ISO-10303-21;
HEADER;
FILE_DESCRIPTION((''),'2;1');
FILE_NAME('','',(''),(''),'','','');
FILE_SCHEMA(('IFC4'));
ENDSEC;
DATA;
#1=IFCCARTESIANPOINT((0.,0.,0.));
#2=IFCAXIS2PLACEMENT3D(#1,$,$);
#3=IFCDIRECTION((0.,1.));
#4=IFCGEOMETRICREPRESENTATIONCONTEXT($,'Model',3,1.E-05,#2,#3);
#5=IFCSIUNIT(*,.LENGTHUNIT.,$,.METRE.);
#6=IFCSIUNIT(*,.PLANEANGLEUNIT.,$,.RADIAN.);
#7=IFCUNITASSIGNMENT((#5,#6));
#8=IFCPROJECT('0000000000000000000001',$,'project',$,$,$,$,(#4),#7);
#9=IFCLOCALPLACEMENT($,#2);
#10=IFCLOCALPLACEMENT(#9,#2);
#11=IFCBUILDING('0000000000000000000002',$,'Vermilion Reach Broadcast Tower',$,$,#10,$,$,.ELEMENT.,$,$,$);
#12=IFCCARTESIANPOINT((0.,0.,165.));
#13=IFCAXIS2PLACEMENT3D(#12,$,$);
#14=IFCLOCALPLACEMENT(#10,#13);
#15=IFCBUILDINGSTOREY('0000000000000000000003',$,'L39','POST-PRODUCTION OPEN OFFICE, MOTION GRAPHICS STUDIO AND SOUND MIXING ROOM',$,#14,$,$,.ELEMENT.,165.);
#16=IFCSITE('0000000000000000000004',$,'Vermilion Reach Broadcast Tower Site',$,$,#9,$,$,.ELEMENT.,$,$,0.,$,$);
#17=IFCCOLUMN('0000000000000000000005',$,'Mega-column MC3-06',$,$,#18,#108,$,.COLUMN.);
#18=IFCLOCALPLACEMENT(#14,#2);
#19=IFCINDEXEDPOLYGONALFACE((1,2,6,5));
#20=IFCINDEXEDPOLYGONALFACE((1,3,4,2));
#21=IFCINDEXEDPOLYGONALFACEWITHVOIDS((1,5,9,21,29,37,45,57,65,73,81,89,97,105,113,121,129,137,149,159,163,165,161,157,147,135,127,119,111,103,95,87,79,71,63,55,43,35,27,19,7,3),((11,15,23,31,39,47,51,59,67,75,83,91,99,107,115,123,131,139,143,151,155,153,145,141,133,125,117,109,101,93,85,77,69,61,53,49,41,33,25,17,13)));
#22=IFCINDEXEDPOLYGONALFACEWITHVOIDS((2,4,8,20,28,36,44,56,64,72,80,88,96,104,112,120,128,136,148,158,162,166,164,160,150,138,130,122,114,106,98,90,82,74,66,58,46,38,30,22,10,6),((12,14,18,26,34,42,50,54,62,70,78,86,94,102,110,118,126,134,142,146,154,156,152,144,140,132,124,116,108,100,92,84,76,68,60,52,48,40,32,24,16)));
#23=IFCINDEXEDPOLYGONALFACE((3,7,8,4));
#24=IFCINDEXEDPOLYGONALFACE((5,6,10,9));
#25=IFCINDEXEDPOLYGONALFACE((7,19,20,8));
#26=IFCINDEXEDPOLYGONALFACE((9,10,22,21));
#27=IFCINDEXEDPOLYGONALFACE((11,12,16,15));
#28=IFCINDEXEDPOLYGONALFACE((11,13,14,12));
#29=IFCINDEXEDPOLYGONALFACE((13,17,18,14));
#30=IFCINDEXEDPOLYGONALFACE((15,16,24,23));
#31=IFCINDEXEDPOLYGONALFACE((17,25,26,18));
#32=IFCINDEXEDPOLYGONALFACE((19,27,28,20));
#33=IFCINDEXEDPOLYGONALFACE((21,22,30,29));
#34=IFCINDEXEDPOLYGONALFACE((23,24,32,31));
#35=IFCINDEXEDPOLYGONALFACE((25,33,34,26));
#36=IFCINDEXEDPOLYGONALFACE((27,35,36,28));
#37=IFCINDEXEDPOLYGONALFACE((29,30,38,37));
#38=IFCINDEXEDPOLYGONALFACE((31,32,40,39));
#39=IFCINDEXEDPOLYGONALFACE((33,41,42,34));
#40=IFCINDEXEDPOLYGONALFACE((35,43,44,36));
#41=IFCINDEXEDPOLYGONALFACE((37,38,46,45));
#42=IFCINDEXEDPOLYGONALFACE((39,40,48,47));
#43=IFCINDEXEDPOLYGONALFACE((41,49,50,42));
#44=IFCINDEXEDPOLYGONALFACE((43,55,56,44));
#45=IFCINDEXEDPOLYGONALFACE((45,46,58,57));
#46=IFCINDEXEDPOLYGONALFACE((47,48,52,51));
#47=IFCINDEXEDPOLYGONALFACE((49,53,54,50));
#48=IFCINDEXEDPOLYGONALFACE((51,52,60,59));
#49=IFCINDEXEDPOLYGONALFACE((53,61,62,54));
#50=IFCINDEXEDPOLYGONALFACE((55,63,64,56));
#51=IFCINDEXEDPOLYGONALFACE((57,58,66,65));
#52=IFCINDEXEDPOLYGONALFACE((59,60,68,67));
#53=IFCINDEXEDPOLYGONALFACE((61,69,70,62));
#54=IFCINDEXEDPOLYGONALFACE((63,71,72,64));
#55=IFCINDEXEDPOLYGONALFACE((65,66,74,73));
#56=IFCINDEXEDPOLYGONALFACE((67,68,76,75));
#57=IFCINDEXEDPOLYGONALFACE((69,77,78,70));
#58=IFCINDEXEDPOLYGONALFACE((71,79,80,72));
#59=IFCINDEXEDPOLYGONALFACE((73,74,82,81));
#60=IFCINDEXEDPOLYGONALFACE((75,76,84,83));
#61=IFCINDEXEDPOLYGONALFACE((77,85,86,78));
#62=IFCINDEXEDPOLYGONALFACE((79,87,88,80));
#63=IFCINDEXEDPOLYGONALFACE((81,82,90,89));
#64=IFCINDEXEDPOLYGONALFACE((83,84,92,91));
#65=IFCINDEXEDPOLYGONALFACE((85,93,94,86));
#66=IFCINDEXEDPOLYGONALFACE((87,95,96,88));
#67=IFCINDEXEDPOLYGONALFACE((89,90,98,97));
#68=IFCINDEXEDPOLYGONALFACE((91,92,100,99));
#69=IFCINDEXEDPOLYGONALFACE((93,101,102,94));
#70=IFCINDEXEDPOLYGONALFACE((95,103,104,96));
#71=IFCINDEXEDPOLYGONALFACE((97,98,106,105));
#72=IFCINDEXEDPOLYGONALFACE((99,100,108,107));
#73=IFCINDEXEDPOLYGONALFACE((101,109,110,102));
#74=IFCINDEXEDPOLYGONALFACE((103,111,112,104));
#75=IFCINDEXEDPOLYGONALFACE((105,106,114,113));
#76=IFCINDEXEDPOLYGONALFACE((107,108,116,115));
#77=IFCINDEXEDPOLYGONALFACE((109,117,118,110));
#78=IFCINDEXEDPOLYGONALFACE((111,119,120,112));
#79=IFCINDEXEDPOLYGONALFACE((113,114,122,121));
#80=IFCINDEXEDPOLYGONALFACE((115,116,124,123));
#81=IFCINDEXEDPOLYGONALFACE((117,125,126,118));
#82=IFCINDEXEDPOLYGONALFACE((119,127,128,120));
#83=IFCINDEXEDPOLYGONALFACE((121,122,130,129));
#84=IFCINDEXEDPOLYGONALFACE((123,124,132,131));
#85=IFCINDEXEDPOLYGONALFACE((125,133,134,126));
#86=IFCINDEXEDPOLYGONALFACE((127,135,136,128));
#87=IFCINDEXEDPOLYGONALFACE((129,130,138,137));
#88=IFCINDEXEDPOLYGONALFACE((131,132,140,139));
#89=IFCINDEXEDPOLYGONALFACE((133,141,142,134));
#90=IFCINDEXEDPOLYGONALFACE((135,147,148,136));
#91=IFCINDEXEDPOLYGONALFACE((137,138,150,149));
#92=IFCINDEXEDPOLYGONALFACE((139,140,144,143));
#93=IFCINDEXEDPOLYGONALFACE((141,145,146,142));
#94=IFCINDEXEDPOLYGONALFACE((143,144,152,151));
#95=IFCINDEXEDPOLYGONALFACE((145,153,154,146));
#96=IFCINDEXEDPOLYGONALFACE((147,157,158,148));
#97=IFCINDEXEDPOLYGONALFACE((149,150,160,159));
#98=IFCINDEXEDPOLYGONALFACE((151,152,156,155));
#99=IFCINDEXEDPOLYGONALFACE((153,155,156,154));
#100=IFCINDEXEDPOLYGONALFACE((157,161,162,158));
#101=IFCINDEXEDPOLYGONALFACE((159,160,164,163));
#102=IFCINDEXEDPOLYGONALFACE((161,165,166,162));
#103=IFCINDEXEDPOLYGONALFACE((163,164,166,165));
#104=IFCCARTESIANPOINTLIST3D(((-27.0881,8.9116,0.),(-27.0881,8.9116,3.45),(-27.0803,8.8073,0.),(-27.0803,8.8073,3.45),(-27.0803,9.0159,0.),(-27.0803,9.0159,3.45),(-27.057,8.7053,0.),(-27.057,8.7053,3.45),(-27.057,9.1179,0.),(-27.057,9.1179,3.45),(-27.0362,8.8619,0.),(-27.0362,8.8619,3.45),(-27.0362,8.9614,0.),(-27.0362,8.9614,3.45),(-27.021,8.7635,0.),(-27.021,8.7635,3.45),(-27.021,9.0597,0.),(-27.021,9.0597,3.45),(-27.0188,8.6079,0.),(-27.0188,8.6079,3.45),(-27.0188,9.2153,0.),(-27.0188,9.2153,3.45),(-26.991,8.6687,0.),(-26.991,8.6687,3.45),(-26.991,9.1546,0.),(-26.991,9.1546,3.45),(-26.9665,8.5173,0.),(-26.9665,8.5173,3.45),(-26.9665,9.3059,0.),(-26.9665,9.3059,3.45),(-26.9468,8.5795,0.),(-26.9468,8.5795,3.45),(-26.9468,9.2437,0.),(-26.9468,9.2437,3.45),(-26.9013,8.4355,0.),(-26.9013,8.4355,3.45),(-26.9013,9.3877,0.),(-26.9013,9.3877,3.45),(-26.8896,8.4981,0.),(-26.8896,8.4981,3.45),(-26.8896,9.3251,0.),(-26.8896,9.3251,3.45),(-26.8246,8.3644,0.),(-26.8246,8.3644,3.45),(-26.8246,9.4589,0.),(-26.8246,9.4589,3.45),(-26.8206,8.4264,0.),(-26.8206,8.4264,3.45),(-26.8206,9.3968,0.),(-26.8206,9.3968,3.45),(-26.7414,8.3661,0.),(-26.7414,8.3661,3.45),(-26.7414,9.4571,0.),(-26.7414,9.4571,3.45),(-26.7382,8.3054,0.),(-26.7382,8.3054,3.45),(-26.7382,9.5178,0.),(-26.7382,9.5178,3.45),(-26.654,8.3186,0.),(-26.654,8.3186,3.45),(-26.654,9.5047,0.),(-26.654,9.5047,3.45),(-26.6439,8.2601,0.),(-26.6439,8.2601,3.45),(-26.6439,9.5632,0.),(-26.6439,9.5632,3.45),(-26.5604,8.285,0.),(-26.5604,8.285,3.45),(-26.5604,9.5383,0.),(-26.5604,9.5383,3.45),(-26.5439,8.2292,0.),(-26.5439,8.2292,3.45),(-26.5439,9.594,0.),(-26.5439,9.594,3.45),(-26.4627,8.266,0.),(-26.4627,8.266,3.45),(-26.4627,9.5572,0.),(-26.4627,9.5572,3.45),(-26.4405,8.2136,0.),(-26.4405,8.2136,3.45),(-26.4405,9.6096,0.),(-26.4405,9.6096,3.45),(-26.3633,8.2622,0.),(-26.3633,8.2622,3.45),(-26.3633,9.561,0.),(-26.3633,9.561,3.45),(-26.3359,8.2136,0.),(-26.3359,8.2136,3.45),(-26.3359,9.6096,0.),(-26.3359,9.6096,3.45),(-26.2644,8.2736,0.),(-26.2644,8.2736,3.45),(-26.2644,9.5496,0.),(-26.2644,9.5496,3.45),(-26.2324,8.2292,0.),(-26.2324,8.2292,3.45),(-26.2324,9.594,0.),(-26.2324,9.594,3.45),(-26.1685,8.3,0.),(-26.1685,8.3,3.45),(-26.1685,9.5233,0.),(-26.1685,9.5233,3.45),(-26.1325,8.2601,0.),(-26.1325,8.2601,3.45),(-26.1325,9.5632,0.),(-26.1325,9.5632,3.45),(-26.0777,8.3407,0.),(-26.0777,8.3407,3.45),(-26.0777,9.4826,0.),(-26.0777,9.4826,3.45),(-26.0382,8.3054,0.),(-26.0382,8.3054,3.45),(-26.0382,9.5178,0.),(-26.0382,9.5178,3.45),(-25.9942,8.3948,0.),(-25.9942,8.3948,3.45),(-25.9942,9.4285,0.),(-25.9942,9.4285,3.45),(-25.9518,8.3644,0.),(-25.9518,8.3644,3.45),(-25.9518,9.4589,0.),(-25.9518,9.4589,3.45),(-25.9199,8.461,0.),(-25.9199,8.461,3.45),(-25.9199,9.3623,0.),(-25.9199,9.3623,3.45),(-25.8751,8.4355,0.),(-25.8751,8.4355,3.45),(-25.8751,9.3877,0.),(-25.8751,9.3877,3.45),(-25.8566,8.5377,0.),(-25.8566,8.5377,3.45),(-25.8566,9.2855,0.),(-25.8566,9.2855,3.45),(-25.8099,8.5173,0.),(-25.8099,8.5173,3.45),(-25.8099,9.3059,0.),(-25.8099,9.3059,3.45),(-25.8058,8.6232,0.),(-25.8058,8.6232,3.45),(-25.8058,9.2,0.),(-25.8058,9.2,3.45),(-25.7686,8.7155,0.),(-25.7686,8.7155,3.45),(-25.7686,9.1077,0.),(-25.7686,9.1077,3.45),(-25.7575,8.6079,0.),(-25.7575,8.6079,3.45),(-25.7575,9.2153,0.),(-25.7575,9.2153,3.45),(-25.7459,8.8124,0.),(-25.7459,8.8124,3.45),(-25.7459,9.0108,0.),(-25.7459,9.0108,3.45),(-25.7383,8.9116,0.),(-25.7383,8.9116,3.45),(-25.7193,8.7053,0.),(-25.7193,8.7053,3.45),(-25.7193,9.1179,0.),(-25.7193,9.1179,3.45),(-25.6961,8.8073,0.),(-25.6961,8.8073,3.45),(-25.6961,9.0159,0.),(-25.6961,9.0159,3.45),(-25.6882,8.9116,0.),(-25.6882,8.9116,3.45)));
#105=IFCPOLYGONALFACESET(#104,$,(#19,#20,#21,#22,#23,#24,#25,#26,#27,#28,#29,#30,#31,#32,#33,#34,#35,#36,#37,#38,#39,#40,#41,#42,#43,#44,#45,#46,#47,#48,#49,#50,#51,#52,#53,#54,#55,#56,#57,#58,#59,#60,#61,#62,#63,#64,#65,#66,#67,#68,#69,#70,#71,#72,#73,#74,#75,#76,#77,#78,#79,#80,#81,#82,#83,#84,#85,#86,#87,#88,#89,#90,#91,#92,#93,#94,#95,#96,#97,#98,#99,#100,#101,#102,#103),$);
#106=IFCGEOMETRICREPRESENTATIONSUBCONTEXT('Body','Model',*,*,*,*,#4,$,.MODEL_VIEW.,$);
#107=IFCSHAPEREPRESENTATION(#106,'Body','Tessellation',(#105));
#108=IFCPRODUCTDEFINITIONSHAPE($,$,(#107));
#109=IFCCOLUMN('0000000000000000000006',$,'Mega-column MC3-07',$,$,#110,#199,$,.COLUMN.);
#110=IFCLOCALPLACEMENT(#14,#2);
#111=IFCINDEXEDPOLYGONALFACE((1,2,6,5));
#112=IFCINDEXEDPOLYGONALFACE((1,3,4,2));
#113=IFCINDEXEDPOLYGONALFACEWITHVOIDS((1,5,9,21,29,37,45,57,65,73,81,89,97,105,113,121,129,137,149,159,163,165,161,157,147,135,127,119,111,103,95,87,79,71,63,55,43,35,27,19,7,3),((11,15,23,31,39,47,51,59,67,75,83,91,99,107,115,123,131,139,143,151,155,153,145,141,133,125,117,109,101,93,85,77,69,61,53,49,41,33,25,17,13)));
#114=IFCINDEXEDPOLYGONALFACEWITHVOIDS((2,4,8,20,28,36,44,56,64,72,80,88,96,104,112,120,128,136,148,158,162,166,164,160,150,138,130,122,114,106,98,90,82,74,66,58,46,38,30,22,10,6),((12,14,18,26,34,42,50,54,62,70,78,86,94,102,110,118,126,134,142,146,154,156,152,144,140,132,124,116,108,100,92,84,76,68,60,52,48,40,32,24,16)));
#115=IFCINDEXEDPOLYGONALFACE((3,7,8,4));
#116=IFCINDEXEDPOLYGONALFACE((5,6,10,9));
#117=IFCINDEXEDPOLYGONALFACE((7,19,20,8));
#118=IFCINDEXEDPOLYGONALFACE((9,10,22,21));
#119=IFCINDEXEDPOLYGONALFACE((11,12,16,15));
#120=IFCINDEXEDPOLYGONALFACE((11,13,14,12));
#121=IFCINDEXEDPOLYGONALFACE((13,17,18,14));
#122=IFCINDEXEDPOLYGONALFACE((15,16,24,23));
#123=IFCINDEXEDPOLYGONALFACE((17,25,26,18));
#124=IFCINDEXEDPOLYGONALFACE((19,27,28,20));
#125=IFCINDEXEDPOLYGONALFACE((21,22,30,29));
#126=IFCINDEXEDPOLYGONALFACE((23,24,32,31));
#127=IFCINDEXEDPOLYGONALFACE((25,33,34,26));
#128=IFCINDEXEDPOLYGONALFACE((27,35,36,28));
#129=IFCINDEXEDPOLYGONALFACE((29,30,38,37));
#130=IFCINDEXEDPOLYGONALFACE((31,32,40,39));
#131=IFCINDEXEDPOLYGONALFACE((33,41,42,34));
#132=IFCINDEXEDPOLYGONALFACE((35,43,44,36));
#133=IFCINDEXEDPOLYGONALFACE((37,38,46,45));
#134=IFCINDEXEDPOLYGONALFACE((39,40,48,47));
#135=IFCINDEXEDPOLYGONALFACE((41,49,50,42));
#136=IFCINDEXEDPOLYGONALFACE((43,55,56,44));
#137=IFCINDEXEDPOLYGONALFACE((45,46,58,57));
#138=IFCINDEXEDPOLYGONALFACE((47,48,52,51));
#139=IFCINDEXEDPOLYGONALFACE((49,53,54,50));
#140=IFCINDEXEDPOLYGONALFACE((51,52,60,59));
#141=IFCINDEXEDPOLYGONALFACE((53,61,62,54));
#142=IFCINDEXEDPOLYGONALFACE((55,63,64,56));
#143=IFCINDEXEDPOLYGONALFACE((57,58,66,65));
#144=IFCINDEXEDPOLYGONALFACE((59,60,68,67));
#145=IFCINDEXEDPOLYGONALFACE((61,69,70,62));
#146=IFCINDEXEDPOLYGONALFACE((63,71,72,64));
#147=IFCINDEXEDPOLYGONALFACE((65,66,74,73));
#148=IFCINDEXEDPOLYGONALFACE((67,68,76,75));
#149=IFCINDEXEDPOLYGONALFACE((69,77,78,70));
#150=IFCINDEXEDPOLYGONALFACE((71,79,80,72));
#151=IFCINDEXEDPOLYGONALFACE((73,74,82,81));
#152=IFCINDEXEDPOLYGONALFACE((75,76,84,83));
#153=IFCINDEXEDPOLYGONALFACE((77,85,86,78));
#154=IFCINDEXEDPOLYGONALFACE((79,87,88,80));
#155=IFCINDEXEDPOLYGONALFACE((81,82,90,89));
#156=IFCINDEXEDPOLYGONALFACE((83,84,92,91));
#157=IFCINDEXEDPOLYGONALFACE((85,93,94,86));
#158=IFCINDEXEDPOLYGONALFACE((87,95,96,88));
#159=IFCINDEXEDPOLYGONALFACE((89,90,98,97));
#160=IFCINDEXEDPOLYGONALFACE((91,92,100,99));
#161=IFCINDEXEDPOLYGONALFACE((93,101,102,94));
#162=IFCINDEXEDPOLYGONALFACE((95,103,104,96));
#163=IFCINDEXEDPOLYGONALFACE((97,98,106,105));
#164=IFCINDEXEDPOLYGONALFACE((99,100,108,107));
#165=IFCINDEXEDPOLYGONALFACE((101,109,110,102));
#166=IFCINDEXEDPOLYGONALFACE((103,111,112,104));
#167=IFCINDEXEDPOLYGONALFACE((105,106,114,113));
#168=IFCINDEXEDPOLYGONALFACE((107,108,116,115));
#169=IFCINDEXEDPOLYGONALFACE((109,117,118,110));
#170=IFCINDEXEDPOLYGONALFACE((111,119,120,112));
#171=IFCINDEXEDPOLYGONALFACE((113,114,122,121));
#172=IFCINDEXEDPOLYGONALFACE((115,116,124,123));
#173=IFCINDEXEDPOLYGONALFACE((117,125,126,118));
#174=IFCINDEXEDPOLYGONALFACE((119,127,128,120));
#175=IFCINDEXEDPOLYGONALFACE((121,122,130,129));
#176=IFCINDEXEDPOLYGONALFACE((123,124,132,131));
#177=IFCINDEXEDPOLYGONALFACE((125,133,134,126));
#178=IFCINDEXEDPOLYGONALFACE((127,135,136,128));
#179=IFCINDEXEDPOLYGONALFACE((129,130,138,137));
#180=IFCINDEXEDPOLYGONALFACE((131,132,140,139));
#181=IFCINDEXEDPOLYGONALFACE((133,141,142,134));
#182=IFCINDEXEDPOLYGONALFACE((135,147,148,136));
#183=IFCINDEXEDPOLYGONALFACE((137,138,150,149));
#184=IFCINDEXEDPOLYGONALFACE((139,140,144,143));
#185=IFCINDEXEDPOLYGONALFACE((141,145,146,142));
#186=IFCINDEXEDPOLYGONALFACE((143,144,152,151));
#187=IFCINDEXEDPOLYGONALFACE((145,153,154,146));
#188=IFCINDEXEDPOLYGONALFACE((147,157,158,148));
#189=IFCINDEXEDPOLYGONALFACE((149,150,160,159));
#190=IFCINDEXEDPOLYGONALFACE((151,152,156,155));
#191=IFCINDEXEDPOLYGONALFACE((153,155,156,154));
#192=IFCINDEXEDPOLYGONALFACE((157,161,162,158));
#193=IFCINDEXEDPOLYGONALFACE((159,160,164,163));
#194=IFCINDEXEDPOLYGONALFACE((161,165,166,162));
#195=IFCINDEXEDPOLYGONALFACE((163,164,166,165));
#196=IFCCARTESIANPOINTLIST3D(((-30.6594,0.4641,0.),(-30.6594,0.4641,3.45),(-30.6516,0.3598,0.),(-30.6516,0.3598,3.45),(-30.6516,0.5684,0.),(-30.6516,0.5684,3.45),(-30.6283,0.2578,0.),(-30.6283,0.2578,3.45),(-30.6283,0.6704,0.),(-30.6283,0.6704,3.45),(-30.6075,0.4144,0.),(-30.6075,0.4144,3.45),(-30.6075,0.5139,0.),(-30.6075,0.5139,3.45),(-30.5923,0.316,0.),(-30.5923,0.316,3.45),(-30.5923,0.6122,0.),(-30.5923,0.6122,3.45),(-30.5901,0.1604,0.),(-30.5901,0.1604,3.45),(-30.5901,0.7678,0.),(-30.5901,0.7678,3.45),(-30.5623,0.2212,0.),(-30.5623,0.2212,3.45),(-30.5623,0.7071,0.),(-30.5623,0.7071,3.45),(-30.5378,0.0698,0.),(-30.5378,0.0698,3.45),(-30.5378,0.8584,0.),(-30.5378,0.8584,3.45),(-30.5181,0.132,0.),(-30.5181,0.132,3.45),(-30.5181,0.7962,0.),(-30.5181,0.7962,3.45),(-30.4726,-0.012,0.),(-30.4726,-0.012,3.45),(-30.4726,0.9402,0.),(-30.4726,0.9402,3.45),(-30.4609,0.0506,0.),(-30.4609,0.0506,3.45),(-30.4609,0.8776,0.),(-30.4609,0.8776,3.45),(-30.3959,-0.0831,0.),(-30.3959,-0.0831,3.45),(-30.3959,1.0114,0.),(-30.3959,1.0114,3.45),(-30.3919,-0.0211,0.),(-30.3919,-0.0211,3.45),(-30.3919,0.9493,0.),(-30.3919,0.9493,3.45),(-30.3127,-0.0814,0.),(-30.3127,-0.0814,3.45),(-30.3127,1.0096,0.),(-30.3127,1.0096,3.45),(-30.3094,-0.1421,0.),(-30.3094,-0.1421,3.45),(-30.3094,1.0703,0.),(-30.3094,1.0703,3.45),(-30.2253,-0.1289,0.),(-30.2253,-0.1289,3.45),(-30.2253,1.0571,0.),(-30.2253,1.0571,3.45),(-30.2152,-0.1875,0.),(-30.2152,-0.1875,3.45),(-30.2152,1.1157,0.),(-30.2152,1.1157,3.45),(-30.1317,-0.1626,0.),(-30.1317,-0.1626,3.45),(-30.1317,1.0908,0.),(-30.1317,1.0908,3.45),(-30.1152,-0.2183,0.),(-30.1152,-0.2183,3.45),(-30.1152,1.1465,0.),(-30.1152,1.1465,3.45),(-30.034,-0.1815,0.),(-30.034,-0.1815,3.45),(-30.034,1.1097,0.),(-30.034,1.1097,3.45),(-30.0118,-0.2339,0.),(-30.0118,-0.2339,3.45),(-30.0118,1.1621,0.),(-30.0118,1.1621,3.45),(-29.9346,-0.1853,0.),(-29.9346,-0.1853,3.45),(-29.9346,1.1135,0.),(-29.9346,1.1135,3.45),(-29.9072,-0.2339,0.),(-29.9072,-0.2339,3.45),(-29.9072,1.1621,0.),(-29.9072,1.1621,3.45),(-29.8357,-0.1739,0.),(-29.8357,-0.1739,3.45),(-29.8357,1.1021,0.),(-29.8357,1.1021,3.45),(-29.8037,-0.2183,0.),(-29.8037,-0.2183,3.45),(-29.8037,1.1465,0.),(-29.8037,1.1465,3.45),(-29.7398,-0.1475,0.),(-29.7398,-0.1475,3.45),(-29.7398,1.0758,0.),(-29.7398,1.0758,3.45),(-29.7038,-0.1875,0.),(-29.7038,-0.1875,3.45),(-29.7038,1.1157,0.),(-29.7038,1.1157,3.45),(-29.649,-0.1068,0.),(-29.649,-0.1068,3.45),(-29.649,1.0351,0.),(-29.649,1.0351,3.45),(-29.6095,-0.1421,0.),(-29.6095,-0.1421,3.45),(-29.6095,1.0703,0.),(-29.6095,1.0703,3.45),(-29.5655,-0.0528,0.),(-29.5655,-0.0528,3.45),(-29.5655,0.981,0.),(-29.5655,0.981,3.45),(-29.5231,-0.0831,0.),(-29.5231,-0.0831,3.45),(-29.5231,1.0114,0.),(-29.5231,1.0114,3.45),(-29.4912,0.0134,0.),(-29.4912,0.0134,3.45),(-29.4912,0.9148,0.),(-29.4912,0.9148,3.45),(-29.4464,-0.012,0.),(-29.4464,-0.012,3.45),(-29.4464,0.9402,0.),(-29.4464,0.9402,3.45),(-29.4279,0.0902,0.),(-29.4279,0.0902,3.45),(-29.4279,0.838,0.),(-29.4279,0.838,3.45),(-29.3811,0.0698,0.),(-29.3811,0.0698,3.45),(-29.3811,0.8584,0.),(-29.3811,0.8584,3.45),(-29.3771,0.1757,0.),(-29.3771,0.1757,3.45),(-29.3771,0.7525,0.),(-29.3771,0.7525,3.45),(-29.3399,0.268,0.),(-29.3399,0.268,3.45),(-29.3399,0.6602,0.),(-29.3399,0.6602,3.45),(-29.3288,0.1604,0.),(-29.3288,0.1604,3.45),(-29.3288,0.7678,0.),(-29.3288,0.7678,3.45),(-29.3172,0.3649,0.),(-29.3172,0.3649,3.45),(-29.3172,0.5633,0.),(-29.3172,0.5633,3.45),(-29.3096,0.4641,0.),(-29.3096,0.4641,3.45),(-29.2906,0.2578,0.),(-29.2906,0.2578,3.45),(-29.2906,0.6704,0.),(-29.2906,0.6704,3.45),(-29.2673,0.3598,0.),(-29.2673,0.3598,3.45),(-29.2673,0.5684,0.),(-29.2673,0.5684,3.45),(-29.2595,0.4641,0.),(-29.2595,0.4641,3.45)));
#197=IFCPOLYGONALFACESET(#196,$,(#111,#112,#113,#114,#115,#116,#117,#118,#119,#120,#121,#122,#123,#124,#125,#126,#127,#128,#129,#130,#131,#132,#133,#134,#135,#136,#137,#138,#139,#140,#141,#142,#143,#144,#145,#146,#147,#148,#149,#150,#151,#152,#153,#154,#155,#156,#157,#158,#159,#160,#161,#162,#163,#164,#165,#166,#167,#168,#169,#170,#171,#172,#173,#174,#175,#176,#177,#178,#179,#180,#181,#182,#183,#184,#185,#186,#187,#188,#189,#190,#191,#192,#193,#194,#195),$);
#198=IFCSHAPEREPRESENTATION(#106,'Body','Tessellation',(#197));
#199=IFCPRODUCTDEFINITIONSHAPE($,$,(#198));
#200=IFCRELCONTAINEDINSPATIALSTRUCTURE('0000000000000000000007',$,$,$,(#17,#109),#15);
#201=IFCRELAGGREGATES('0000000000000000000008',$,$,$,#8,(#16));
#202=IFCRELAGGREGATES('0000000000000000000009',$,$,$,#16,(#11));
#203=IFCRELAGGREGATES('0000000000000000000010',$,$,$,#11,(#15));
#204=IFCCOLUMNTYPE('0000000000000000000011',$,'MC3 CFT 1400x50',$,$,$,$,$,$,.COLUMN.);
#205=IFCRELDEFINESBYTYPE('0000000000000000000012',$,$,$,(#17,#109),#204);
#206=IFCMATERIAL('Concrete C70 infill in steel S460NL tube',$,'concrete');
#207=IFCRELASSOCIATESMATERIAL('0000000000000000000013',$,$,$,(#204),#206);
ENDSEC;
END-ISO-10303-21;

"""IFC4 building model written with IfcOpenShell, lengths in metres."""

from ifc_helpers import new_model, si_unit, direction, frame, origin, origin_2d, place, context, subcontext, project, spatial, hollow_circle, extrude, material, material_profile, profile_set, type_object, element, save


model = new_model("IFC4")

# Units and contexts
model_context = context("Model", 3, precision=1e-05, world=origin(), true_north=direction((0.0, 1.0)))
body_context = subcontext(model_context, "Body", "Model", "MODEL_VIEW")
ifc_project = project(units=[si_unit("LENGTHUNIT", "METRE"), si_unit("PLANEANGLEUNIT", "RADIAN")], contexts=[model_context])

# Site, building, storey
site_placement = place(None, origin())
site = spatial("IfcSite", under=ifc_project, at=site_placement, Name="Vermilion Reach Broadcast Tower Site", CompositionType="ELEMENT", RefElevation=0.0)
building_placement = place(site_placement, origin())
building = spatial("IfcBuilding", under=site, at=building_placement, Name="Vermilion Reach Broadcast Tower", CompositionType="ELEMENT")
storey_placement = place(building_placement, frame((0.0, 0.0, 165.0)))
storey = spatial("IfcBuildingStorey", under=building, at=storey_placement, Name="L39", Description="POST-PRODUCTION OPEN OFFICE, MOTION GRAPHICS STUDIO AND SOUND MIXING ROOM", CompositionType="ELEMENT", Elevation=165.0)

# Columns
ifc_material_1 = material(Name="Concrete C70 infill in steel S460NL tube", Category="concrete")
ifc_material_profile_1 = material_profile(ifc_material_1, hollow_circle(Radius=0.7, WallThickness=0.05, at=origin_2d()), Name="Concrete C70 infill in steel S460NL tube CFT 1400x50")
ifc_profile_set_1 = profile_set([ifc_material_profile_1], Name="Concrete C70 infill in steel S460NL tube")
column_type = type_object("IfcColumnType", Name="MC3 CFT 1400x50", PredefinedType="COLUMN", material=ifc_profile_set_1)
for number, where, z_axis, x_axis, name in (
    (1, (-26.3882, 8.9116, 0.0), (0.0, 0.0, 1.0), (1.0, 0.0, 0.0), "Mega-column MC3-06"),
    (2, (-29.9595, 0.4641, 0.0), (0.0, 0.0, 1.0), (1.0, 0.0, 0.0), "Mega-column MC3-07"),
):
    element("IfcColumn", number, at=place(storey_placement, frame(where, z_axis=z_axis, x_axis=x_axis)), inside=storey, type_object=column_type, Name=name, PredefinedType="COLUMN", context=body_context, shape_type="SweptSolid", body=[
        extrude(hollow_circle(Radius=0.7, WallThickness=0.05, at=origin_2d()), origin(), (0.0, 0.0, 1.0), 3.45),
    ])

save(model, "model.ifc")
